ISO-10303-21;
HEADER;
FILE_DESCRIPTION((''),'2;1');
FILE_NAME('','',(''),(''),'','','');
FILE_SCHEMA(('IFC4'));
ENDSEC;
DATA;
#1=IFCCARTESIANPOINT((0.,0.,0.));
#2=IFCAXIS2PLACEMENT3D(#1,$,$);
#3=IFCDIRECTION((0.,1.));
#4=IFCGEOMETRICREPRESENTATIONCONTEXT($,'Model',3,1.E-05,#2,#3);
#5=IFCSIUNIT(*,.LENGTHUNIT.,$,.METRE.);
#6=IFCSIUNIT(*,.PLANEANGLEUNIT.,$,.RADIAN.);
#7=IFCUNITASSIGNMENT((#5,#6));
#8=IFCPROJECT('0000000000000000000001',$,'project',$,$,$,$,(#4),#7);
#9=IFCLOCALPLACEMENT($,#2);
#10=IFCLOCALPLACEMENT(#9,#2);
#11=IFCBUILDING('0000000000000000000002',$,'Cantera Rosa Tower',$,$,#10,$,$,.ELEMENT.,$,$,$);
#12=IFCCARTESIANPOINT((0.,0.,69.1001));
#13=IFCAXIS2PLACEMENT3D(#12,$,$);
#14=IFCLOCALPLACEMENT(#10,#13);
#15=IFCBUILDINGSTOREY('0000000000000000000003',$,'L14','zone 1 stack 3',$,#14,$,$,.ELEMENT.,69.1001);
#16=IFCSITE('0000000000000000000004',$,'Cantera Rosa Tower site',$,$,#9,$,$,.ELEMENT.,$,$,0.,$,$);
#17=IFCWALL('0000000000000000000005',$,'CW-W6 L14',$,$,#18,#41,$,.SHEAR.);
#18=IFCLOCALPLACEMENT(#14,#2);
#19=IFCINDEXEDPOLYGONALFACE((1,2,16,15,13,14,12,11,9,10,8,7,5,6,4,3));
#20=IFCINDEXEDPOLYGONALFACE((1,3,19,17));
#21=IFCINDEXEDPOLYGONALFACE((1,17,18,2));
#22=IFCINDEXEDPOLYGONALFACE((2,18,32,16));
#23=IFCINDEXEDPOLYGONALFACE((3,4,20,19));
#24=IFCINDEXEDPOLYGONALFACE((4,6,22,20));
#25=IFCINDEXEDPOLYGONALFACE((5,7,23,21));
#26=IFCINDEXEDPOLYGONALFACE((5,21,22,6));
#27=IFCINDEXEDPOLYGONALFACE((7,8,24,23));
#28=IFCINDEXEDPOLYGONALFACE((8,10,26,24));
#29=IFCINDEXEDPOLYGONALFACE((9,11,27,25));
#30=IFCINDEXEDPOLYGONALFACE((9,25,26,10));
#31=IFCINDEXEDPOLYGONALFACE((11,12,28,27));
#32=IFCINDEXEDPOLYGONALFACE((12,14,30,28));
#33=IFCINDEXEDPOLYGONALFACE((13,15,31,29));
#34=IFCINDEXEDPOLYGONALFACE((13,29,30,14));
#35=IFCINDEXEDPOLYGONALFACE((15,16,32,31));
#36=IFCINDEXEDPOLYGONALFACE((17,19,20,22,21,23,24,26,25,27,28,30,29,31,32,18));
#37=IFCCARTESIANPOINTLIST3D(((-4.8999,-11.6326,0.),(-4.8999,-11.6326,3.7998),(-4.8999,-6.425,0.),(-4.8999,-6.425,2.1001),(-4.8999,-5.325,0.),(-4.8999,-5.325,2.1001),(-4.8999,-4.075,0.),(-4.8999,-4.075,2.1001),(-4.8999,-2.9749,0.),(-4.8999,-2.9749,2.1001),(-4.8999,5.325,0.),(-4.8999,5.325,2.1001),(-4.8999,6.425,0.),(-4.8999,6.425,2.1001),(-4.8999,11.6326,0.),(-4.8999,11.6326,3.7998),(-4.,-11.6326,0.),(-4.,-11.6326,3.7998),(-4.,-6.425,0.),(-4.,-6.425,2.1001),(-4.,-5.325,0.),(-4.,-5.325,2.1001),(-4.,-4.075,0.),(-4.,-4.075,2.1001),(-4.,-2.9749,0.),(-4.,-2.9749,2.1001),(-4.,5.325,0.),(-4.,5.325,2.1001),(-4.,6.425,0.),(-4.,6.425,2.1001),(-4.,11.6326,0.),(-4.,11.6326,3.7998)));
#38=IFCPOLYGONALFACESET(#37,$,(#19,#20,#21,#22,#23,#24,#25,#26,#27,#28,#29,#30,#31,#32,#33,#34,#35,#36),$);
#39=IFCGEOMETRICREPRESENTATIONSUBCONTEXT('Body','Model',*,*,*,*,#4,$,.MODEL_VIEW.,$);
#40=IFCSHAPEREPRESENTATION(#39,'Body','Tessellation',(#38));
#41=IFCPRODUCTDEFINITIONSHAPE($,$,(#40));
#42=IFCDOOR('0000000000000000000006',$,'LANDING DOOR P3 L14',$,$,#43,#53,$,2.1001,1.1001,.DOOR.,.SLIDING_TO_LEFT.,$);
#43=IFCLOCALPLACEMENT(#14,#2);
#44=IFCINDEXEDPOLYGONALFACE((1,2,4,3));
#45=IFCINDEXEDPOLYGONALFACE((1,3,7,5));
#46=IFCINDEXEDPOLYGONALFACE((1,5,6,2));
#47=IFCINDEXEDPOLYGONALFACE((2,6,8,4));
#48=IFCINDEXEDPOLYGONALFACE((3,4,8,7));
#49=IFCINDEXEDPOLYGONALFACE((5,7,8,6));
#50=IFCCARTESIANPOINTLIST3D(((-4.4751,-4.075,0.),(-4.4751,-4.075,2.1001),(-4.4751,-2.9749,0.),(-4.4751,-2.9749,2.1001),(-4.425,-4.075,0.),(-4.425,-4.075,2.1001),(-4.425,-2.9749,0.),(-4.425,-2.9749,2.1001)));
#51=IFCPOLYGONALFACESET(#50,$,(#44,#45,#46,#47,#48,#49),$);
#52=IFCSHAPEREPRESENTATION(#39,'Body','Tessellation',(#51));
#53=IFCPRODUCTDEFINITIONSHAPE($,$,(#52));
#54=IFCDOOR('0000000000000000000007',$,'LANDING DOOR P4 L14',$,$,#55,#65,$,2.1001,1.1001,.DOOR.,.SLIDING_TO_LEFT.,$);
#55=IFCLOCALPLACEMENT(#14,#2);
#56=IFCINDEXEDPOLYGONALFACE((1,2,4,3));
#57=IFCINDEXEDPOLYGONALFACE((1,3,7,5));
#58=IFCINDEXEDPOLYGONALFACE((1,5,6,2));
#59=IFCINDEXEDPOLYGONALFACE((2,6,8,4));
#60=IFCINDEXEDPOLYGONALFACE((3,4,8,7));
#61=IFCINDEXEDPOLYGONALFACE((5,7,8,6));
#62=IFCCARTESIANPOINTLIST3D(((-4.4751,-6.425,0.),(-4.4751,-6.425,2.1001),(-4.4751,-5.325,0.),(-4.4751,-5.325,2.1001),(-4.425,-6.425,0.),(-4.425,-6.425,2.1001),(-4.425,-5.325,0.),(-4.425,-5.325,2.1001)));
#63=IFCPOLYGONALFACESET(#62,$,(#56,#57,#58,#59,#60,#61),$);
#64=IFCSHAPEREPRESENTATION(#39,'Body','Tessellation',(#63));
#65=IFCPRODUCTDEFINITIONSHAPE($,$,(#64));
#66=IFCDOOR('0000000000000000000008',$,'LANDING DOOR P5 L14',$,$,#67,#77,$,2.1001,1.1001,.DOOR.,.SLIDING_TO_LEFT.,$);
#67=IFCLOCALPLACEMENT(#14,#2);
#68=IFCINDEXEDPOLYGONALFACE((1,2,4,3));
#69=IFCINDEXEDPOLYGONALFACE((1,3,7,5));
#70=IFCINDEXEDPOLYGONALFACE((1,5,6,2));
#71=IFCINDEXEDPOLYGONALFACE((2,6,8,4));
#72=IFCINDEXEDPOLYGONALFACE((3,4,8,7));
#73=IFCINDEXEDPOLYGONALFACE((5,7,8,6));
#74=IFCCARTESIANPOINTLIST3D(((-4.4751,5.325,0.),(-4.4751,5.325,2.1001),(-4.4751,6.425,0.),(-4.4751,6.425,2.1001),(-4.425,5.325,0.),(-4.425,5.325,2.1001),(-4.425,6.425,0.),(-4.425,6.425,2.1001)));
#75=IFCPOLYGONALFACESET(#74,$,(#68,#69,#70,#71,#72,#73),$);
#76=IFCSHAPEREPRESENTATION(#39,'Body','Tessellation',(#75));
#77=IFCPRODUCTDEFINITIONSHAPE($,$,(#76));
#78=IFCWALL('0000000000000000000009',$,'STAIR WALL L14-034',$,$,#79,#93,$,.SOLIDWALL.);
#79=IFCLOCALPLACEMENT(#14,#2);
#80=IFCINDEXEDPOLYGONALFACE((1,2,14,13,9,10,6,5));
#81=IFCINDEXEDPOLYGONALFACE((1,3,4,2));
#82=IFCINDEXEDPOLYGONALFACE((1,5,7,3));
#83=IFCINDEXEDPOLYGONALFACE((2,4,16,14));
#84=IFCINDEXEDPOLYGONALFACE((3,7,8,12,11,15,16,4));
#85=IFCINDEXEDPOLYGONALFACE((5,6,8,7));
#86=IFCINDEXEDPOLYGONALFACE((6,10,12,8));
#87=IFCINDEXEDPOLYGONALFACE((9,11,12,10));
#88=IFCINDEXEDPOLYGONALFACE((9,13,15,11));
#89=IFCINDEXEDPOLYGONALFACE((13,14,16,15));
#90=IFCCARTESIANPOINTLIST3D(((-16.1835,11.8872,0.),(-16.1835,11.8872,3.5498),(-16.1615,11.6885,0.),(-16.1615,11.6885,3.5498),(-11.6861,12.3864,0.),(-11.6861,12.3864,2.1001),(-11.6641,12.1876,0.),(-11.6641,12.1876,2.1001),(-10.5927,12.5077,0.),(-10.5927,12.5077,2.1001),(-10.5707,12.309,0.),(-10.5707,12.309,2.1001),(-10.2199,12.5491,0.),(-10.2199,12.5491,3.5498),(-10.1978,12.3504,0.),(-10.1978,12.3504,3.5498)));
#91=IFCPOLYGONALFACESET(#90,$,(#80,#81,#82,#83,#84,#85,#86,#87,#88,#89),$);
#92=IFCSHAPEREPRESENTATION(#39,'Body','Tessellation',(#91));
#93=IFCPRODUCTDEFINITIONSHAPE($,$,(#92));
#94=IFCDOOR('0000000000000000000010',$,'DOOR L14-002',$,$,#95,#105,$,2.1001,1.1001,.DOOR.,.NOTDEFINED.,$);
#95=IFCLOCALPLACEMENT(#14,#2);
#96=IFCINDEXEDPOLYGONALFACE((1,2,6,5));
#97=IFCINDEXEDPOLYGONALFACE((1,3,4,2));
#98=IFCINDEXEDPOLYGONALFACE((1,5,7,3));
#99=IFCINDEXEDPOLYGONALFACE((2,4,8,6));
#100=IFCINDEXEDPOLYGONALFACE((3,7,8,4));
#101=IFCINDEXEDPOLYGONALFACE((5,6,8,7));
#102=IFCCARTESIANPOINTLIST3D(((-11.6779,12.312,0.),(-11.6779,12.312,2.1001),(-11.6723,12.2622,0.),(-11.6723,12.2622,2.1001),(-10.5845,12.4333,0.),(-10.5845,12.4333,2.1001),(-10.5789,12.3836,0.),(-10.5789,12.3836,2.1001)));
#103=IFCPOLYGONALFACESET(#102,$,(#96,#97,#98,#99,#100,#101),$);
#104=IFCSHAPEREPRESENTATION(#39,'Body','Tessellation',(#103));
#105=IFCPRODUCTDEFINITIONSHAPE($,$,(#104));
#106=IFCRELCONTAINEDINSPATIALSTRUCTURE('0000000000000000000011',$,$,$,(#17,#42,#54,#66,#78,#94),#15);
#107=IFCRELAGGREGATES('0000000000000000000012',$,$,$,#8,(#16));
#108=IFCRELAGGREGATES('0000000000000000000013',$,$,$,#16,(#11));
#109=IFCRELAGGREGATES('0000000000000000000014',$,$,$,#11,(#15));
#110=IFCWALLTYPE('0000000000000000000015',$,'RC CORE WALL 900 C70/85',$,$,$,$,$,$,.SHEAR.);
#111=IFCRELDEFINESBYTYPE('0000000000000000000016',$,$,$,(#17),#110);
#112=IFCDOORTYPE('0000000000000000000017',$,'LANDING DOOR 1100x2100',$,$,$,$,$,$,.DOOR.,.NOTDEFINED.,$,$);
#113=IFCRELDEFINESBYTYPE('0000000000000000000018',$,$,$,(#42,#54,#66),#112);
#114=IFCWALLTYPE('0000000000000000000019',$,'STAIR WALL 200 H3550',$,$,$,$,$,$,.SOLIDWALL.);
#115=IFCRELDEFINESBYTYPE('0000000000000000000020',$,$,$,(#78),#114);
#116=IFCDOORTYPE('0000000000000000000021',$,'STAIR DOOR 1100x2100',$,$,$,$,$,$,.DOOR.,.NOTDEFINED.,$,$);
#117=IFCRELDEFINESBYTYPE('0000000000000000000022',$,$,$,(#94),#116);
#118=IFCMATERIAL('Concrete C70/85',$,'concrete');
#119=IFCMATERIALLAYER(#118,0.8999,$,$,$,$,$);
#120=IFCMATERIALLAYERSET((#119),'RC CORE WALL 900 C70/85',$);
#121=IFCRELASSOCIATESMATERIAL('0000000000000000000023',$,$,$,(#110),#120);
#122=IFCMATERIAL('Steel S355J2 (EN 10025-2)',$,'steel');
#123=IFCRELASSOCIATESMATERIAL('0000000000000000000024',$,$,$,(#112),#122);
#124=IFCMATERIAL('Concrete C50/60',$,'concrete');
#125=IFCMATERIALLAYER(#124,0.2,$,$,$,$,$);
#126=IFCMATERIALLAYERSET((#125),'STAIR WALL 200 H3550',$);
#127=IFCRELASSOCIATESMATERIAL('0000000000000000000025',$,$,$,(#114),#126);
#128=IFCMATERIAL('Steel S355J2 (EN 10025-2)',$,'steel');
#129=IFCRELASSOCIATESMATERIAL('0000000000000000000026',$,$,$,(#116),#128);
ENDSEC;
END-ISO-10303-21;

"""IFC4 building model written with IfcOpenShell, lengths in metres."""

from ifc_helpers import new_model, si_unit, direction, frame, frame_2d, origin, place, context, subcontext, project, spatial, rectangle, extrude, material, layer, layer_set, type_object, element, fill, save


model = new_model("IFC4")

# Units and contexts
model_context = context("Model", 3, precision=1e-05, world=origin(), true_north=direction((0.0, 1.0)))
body_context = subcontext(model_context, "Body", "Model", "MODEL_VIEW")
ifc_project = project(units=[si_unit("LENGTHUNIT", "METRE"), si_unit("PLANEANGLEUNIT", "RADIAN")], contexts=[model_context])

# Site, building, storey
site_placement = place(None, origin())
site = spatial("IfcSite", under=ifc_project, at=site_placement, Name="Cantera Rosa Tower site", CompositionType="ELEMENT", RefElevation=0.0)
building_placement = place(site_placement, origin())
building = spatial("IfcBuilding", under=site, at=building_placement, Name="Cantera Rosa Tower", CompositionType="ELEMENT")
storey_placement = place(building_placement, frame((0.0, 0.0, 69.1001)))
storey = spatial("IfcBuildingStorey", under=building, at=storey_placement, Name="L14", Description="zone 1 stack 3", CompositionType="ELEMENT", Elevation=69.1001)

# Wall, openings, doors
ifc_material_1 = material(Name="Concrete C70/85", Category="concrete")
ifc_layer_1 = layer(ifc_material_1, 0.8999)
ifc_layer_set_1 = layer_set([ifc_layer_1], Name="RC CORE WALL 900 C70/85")
wall_type_1 = type_object("IfcWallType", Name="RC CORE WALL 900 C70/85", PredefinedType="SHEAR", material=ifc_layer_set_1)
wall_1_placement = place(storey_placement, frame((-4.45, 11.6326, 0.0), z_axis=(0.0, 0.0, 1.0), x_axis=(0.0, -1.0, 0.0)))
wall_1 = element("IfcWall", 1, at=wall_1_placement, inside=storey, type_object=wall_type_1, Name="CW-W6 L14", PredefinedType="SHEAR", context=body_context, shape_type="SweptSolid", body=[
    extrude(rectangle(XDim=23.2651, YDim=0.8999, at=frame_2d((11.6326, 0.0))), origin(), (0.0, 0.0, 1.0), 3.7998),
])
opening_1_placement = place(wall_1_placement, frame((14.6074, 0.0, 0.0)))
opening_1 = element("IfcOpeningElement", 2, at=opening_1_placement, cuts=wall_1, PredefinedType="OPENING", context=body_context, shape_type="SweptSolid", body=[
    extrude(rectangle(XDim=1.1001, YDim=2.1001, at=frame_2d((0.55, 1.05))), frame((0.0, 0.46, 0.0), z_axis=(0.0, -1.0, 0.0), x_axis=(1.0, 0.0, 0.0)), (0.0, 0.0, 1.0), 0.9199),
])
opening_2_placement = place(wall_1_placement, frame((16.9575, 0.0, 0.0)))
opening_2 = element("IfcOpeningElement", 3, at=opening_2_placement, cuts=wall_1, PredefinedType="OPENING", context=body_context, shape_type="SweptSolid", body=[
    extrude(rectangle(XDim=1.1001, YDim=2.1001, at=frame_2d((0.55, 1.05))), frame((0.0, 0.46, 0.0), z_axis=(0.0, -1.0, 0.0), x_axis=(1.0, 0.0, 0.0)), (0.0, 0.0, 1.0), 0.9199),
])
opening_3_placement = place(wall_1_placement, frame((5.2075, 0.0, 0.0)))
opening_3 = element("IfcOpeningElement", 4, at=opening_3_placement, cuts=wall_1, PredefinedType="OPENING", context=body_context, shape_type="SweptSolid", body=[
    extrude(rectangle(XDim=1.1001, YDim=2.1001, at=frame_2d((0.55, 1.05))), frame((0.0, 0.46, 0.0), z_axis=(0.0, -1.0, 0.0), x_axis=(1.0, 0.0, 0.0)), (0.0, 0.0, 1.0), 0.9199),
])
ifc_material_2 = material(Name="Steel S355J2 (EN 10025-2)", Category="steel")
door_type_1 = type_object("IfcDoorType", Name="LANDING DOOR 1100x2100", OperationType="NOTDEFINED", PredefinedType="DOOR", material=ifc_material_2)
door_1_placement = place(opening_1_placement, origin())
door_1 = element("IfcDoor", 5, at=door_1_placement, inside=storey, type_object=door_type_1, Name="LANDING DOOR P3 L14", OperationType="SLIDING_TO_LEFT", OverallHeight=2.1001, OverallWidth=1.1001, PredefinedType="DOOR", context=body_context, shape_type="SweptSolid", body=[
    extrude(rectangle(XDim=1.1001, YDim=2.1001, at=frame_2d((0.55, 1.05))), frame((0.0, 0.0249, 0.0), z_axis=(0.0, -1.0, 0.0), x_axis=(1.0, 0.0, 0.0)), (0.0, 0.0, 1.0), 0.05),
])
fill(opening_1, door_1)
door_2_placement = place(opening_2_placement, origin())
door_2 = element("IfcDoor", 6, at=door_2_placement, inside=storey, type_object=door_type_1, Name="LANDING DOOR P4 L14", OperationType="SLIDING_TO_LEFT", OverallHeight=2.1001, OverallWidth=1.1001, PredefinedType="DOOR", context=body_context, shape_type="SweptSolid", body=[
    extrude(rectangle(XDim=1.1001, YDim=2.1001, at=frame_2d((0.55, 1.05))), frame((0.0, 0.0249, 0.0), z_axis=(0.0, -1.0, 0.0), x_axis=(1.0, 0.0, 0.0)), (0.0, 0.0, 1.0), 0.05),
])
fill(opening_2, door_2)
door_3_placement = place(opening_3_placement, origin())
door_3 = element("IfcDoor", 7, at=door_3_placement, inside=storey, type_object=door_type_1, Name="LANDING DOOR P5 L14", OperationType="SLIDING_TO_LEFT", OverallHeight=2.1001, OverallWidth=1.1001, PredefinedType="DOOR", context=body_context, shape_type="SweptSolid", body=[
    extrude(rectangle(XDim=1.1001, YDim=2.1001, at=frame_2d((0.55, 1.05))), frame((0.0, 0.0249, 0.0), z_axis=(0.0, -1.0, 0.0), x_axis=(1.0, 0.0, 0.0)), (0.0, 0.0, 1.0), 0.05),
])
fill(opening_3, door_3)

# Wall, opening, door
ifc_material_3 = material(Name="Concrete C50/60", Category="concrete")
ifc_layer_2 = layer(ifc_material_3, 0.2)
ifc_layer_set_2 = layer_set([ifc_layer_2], Name="STAIR WALL 200 H3550")
wall_type_2 = type_object("IfcWallType", Name="STAIR WALL 200 H3550", PredefinedType="SOLIDWALL", material=ifc_layer_set_2)
wall_2_placement = place(storey_placement, frame((-10.209, 12.4497, 0.0), z_axis=(0.0, 0.0, 1.0), x_axis=(-0.993898, -0.110306, 0.0)))
wall_2 = element("IfcWall", 8, at=wall_2_placement, inside=storey, type_object=wall_type_2, Name="STAIR WALL L14-034", PredefinedType="SOLIDWALL", context=body_context, shape_type="SweptSolid", body=[
    extrude(rectangle(XDim=6.0002, YDim=0.2, at=frame_2d((3.0, 0.0))), origin(), (0.0, 0.0, 1.0), 3.5498),
])
opening_4_placement = place(wall_2_placement, frame((0.375, 0.0, 0.0)))
opening_4 = element("IfcOpeningElement", 9, at=opening_4_placement, cuts=wall_2, PredefinedType="OPENING", context=body_context, shape_type="SweptSolid", body=[
    extrude(rectangle(XDim=1.1001, YDim=2.1001, at=frame_2d((0.55, 1.05))), frame((0.0, 0.1099, 0.0), z_axis=(0.0, -1.0, 0.0), x_axis=(1.0, 0.0, 0.0)), (0.0, 0.0, 1.0), 0.22),
])
ifc_material_4 = material(Name="Steel S355J2 (EN 10025-2)", Category="steel")
door_type_2 = type_object("IfcDoorType", Name="STAIR DOOR 1100x2100", OperationType="NOTDEFINED", PredefinedType="DOOR", material=ifc_material_4)
door_4_placement = place(opening_4_placement, origin())
door_4 = element("IfcDoor", 10, at=door_4_placement, inside=storey, type_object=door_type_2, Name="DOOR L14-002", OperationType="NOTDEFINED", OverallHeight=2.1001, OverallWidth=1.1001, PredefinedType="DOOR", context=body_context, shape_type="SweptSolid", body=[
    extrude(rectangle(XDim=1.1001, YDim=2.1001, at=frame_2d((0.55, 1.05))), frame((0.0, 0.0249, 0.0), z_axis=(0.0, -1.0, 0.0), x_axis=(1.0, 0.0, 0.0)), (0.0, 0.0, 1.0), 0.05),
])
fill(opening_4, door_4)

save(model, "model.ifc")
